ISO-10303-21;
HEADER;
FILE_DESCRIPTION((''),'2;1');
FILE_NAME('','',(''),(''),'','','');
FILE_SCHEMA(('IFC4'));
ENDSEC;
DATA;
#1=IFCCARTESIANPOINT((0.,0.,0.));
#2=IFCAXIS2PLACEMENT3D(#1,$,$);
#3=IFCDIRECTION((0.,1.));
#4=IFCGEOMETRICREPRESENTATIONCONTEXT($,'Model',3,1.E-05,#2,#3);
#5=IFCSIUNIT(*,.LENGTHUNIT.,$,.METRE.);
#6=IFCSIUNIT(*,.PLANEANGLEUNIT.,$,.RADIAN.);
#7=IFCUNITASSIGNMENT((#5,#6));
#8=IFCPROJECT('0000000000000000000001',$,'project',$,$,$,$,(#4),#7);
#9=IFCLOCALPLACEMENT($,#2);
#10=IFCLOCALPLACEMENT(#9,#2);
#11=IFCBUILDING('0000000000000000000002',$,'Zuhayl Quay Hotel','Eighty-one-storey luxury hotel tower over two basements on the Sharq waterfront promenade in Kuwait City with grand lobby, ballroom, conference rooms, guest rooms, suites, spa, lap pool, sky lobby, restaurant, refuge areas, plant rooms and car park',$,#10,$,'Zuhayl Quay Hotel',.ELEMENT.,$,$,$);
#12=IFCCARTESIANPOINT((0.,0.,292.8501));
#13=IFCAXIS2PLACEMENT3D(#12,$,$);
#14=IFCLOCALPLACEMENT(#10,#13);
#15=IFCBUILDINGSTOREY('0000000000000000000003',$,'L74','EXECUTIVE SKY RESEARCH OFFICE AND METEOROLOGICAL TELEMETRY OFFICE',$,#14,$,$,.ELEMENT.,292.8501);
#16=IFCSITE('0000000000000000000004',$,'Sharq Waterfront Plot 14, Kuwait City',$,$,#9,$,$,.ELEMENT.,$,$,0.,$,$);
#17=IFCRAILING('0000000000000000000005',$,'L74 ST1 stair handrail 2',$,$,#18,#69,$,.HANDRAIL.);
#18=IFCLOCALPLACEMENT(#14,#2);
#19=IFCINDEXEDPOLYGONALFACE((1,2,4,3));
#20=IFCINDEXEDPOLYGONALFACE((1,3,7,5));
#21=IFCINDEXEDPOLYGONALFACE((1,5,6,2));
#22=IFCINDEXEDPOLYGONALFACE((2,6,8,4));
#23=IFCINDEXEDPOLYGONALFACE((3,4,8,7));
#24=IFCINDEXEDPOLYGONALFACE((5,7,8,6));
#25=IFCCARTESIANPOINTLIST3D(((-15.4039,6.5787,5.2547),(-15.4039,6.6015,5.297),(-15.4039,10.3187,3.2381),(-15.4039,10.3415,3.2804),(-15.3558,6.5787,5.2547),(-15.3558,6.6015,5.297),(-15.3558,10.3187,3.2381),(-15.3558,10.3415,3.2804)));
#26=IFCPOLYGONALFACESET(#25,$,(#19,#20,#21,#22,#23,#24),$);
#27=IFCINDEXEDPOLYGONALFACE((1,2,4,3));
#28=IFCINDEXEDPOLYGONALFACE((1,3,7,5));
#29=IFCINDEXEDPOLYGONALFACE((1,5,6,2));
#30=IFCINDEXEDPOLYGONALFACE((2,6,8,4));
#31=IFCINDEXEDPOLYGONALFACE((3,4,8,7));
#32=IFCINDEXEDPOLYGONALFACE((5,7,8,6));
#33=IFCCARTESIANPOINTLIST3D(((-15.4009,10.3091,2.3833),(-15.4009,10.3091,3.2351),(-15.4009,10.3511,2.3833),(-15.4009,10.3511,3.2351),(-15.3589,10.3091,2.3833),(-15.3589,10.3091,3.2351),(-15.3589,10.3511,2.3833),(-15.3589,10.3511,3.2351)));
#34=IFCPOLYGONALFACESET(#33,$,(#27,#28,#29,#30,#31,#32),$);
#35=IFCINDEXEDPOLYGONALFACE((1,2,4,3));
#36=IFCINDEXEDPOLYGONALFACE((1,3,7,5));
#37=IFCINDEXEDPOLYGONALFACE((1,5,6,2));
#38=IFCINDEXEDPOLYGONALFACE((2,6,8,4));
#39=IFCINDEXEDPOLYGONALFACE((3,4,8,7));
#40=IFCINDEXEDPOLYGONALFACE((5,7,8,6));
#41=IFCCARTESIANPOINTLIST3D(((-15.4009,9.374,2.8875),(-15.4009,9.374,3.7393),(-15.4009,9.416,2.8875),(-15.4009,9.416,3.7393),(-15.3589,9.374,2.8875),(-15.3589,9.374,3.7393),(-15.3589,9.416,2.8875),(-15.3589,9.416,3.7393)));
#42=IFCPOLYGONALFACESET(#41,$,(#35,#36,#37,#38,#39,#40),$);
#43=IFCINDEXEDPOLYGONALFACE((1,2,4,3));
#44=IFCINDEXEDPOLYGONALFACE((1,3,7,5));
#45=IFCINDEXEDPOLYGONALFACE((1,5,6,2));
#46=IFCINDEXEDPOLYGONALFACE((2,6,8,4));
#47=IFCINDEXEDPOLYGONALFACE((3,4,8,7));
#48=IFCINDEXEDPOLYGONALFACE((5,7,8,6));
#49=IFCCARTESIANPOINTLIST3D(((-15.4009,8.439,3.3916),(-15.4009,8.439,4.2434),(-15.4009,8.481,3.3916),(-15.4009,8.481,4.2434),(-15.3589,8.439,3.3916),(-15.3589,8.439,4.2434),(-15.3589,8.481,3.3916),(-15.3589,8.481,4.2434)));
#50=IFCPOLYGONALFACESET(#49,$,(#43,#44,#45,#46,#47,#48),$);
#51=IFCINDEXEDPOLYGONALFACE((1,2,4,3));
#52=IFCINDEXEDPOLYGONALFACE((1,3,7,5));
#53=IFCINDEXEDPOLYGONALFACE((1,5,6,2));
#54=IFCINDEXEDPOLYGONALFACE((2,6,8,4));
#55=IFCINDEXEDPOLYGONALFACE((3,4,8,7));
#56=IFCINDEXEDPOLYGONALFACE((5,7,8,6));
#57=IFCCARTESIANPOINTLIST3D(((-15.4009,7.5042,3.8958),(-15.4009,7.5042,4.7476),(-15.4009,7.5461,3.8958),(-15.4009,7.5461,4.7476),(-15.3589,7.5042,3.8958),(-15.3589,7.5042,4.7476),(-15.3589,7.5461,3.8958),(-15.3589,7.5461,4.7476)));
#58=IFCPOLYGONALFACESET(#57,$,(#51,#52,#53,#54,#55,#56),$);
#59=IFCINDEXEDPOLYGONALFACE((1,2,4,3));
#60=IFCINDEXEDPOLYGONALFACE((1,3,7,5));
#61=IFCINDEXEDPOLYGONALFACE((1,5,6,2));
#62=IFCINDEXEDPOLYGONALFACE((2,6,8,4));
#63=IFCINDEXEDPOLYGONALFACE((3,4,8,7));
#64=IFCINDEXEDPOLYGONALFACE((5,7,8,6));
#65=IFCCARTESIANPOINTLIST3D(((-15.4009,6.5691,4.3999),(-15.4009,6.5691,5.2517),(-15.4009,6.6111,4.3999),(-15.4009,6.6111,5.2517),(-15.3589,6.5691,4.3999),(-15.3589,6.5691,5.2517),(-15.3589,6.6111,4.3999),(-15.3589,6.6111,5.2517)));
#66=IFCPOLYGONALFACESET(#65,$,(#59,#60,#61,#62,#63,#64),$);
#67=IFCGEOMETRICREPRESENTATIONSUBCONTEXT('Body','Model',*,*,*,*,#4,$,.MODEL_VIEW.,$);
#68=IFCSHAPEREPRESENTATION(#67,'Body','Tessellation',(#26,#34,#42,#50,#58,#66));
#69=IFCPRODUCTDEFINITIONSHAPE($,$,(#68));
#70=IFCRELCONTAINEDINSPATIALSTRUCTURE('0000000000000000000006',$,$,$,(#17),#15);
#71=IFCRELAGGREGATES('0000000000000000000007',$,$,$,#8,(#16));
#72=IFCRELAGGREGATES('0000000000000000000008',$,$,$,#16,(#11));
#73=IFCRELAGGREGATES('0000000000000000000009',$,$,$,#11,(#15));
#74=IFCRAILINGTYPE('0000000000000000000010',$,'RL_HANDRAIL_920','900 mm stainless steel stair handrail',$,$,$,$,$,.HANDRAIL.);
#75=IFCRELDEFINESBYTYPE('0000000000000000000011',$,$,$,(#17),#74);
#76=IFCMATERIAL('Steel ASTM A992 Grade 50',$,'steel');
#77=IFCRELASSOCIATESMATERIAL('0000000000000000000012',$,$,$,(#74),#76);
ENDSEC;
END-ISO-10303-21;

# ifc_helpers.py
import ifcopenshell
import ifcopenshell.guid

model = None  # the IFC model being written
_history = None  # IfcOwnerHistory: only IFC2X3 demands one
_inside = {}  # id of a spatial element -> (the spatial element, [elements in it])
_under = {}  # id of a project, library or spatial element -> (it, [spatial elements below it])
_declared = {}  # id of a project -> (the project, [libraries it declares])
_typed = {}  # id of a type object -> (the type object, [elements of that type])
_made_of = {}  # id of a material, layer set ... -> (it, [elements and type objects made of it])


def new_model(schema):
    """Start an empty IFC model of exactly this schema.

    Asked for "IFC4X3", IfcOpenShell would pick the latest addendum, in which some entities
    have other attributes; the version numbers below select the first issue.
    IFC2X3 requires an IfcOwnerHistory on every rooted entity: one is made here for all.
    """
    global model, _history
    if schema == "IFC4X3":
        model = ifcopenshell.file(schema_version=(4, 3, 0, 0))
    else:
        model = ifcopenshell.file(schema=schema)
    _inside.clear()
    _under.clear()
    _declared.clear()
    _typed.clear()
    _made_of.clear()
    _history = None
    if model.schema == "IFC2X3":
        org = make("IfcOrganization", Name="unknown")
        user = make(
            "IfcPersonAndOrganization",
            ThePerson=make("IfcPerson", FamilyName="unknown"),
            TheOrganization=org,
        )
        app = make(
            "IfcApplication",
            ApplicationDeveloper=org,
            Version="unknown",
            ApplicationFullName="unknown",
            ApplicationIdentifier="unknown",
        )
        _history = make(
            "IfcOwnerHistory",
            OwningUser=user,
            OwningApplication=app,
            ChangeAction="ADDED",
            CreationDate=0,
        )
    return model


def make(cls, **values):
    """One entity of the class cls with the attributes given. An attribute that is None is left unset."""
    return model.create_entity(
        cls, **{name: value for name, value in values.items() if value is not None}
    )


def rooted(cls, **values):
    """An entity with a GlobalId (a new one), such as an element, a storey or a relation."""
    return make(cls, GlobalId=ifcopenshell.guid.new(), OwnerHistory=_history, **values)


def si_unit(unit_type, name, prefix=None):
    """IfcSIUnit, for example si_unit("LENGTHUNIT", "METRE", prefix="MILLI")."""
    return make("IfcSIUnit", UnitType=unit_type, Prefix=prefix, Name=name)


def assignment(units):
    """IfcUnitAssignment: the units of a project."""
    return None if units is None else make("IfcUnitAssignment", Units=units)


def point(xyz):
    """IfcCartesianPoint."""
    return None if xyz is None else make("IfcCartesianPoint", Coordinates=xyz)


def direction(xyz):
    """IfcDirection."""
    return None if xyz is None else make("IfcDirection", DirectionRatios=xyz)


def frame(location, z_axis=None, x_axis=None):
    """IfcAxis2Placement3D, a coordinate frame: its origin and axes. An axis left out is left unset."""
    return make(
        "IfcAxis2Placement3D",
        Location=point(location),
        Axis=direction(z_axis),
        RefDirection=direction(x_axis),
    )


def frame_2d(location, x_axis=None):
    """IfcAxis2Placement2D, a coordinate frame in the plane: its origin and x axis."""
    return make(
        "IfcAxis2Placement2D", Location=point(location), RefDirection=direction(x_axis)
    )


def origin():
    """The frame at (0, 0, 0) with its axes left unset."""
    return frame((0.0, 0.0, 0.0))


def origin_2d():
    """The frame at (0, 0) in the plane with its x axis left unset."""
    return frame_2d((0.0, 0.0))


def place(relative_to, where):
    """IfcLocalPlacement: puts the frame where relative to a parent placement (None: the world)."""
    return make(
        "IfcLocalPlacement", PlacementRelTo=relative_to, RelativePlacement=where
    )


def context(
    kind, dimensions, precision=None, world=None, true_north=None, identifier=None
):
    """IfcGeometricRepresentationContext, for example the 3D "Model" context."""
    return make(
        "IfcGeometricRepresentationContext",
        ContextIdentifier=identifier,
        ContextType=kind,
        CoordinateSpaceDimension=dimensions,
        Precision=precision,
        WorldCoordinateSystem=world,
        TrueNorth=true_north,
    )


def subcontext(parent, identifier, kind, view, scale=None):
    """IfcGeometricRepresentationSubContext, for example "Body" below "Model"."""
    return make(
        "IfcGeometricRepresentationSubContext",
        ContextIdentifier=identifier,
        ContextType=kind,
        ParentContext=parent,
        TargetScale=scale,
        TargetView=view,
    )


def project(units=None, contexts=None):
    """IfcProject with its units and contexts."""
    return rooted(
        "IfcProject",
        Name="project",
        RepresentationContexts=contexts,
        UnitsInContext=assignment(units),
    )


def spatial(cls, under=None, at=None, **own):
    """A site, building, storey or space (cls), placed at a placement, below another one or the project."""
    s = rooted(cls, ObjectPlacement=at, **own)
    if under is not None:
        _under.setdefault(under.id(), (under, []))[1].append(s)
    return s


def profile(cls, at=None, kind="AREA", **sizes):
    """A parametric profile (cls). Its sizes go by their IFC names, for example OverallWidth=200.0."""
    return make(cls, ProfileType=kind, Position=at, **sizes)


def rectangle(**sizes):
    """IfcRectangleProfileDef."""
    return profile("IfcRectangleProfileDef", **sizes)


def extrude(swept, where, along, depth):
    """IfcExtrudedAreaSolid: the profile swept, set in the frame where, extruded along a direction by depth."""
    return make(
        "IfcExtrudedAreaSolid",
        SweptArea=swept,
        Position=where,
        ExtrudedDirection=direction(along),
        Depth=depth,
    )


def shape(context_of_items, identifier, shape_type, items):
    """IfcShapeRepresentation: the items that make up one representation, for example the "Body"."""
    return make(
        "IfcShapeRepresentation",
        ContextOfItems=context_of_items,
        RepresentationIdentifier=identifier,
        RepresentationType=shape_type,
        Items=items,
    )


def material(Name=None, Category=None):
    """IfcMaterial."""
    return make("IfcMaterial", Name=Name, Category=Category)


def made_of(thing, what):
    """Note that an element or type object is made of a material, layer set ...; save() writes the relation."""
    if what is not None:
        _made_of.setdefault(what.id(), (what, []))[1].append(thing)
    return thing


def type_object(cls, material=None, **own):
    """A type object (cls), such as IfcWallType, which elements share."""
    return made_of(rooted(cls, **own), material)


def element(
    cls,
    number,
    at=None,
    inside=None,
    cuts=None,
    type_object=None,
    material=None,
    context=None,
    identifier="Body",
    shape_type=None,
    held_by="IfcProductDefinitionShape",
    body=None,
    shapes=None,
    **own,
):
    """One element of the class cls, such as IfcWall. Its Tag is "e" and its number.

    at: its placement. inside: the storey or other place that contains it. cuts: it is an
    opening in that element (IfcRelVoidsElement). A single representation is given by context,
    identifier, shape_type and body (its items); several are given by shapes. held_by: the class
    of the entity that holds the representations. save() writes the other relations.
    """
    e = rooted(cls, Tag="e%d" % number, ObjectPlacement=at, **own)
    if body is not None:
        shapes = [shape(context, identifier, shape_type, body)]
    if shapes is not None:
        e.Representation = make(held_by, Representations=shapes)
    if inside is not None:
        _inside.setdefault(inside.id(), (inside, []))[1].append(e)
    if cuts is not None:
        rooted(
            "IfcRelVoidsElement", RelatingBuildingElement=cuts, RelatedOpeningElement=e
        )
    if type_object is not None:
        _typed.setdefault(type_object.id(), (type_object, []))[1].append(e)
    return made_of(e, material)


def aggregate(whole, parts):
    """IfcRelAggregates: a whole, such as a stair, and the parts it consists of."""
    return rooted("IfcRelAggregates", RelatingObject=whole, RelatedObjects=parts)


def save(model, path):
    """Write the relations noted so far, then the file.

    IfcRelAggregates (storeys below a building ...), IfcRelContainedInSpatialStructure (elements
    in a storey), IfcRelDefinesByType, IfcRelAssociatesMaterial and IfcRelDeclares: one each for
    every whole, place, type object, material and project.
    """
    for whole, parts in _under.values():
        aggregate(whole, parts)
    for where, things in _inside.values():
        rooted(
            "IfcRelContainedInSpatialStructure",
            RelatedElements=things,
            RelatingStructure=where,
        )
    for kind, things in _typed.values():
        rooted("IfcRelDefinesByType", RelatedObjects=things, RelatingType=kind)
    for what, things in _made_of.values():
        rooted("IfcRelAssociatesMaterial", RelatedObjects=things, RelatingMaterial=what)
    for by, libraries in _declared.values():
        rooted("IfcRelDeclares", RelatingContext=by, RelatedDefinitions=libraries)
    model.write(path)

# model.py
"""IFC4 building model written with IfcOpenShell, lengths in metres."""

from ifc_helpers import new_model, si_unit, direction, frame, origin, origin_2d, place, context, subcontext, project, spatial, rectangle, extrude, material, type_object, element, save


model = new_model("IFC4")

# Units and contexts
model_context = context("Model", 3, precision=1e-05, world=origin(), true_north=direction((0.0, 1.0)))
body_context = subcontext(model_context, "Body", "Model", "MODEL_VIEW")
ifc_project = project(units=[si_unit("LENGTHUNIT", "METRE"), si_unit("PLANEANGLEUNIT", "RADIAN")], contexts=[model_context])

# Site, building, storey
site_placement = place(None, origin())
site = spatial("IfcSite", under=ifc_project, at=site_placement, Name="Sharq Waterfront Plot 14, Kuwait City", CompositionType="ELEMENT", RefElevation=0.0)
building_placement = place(site_placement, origin())
building = spatial("IfcBuilding", under=site, at=building_placement, Name="Zuhayl Quay Hotel", Description="Eighty-one-storey luxury hotel tower over two basements on the Sharq waterfront promenade in Kuwait City with grand lobby, ballroom, conference rooms, guest rooms, suites, spa, lap pool, sky lobby, restaurant, refuge areas, plant rooms and car park", LongName="Zuhayl Quay Hotel", CompositionType="ELEMENT")
storey_placement = place(building_placement, frame((0.0, 0.0, 292.8501)))
storey = spatial("IfcBuildingStorey", under=building, at=storey_placement, Name="L74", Description="EXECUTIVE SKY RESEARCH OFFICE AND METEOROLOGICAL TELEMETRY OFFICE", CompositionType="ELEMENT", Elevation=292.8501)

# Shared definitions
ifc_material_1 = material(Name="Steel ASTM A992 Grade 50", Category="steel")

# Railing
railing_type_1 = type_object("IfcRailingType", Name="RL_HANDRAIL_920", Description="900 mm stainless steel stair handrail", PredefinedType="HANDRAIL", material=ifc_material_1)
railing_1_placement = place(storey_placement, frame((-15.3799, 10.3301, 2.3833)))
element("IfcRailing", 1, at=railing_1_placement, inside=storey, type_object=railing_type_1, Name="L74 ST1 stair handrail 2", PredefinedType="HANDRAIL", context=body_context, shape_type="SweptSolid", body=[
    extrude(rectangle(XDim=0.0481, YDim=0.0481, at=origin_2d()), frame((0.0, 0.0, 0.876), z_axis=(0.0, -0.8802, 0.474603), x_axis=(1.0, 0.0, 0.0)), (0.0, 0.0, 1.0), 4.249),
    extrude(rectangle(XDim=0.042, YDim=0.042, at=origin_2d()), origin(), (0.0, 0.0, 1.0), 0.8518),
    extrude(rectangle(XDim=0.042, YDim=0.042, at=origin_2d()), frame((0.0, -0.9351, 0.5042)), (0.0, 0.0, 1.0), 0.8518),
    extrude(rectangle(XDim=0.042, YDim=0.042, at=origin_2d()), frame((0.0, -1.8701, 1.0083)), (0.0, 0.0, 1.0), 0.8518),
    extrude(rectangle(XDim=0.042, YDim=0.042, at=origin_2d()), frame((0.0, -2.8049, 1.5125)), (0.0, 0.0, 1.0), 0.8518),
    extrude(rectangle(XDim=0.042, YDim=0.042, at=origin_2d()), frame((0.0, -3.74, 2.0166)), (0.0, 0.0, 1.0), 0.8518),
])

save(model, "model.ifc")
